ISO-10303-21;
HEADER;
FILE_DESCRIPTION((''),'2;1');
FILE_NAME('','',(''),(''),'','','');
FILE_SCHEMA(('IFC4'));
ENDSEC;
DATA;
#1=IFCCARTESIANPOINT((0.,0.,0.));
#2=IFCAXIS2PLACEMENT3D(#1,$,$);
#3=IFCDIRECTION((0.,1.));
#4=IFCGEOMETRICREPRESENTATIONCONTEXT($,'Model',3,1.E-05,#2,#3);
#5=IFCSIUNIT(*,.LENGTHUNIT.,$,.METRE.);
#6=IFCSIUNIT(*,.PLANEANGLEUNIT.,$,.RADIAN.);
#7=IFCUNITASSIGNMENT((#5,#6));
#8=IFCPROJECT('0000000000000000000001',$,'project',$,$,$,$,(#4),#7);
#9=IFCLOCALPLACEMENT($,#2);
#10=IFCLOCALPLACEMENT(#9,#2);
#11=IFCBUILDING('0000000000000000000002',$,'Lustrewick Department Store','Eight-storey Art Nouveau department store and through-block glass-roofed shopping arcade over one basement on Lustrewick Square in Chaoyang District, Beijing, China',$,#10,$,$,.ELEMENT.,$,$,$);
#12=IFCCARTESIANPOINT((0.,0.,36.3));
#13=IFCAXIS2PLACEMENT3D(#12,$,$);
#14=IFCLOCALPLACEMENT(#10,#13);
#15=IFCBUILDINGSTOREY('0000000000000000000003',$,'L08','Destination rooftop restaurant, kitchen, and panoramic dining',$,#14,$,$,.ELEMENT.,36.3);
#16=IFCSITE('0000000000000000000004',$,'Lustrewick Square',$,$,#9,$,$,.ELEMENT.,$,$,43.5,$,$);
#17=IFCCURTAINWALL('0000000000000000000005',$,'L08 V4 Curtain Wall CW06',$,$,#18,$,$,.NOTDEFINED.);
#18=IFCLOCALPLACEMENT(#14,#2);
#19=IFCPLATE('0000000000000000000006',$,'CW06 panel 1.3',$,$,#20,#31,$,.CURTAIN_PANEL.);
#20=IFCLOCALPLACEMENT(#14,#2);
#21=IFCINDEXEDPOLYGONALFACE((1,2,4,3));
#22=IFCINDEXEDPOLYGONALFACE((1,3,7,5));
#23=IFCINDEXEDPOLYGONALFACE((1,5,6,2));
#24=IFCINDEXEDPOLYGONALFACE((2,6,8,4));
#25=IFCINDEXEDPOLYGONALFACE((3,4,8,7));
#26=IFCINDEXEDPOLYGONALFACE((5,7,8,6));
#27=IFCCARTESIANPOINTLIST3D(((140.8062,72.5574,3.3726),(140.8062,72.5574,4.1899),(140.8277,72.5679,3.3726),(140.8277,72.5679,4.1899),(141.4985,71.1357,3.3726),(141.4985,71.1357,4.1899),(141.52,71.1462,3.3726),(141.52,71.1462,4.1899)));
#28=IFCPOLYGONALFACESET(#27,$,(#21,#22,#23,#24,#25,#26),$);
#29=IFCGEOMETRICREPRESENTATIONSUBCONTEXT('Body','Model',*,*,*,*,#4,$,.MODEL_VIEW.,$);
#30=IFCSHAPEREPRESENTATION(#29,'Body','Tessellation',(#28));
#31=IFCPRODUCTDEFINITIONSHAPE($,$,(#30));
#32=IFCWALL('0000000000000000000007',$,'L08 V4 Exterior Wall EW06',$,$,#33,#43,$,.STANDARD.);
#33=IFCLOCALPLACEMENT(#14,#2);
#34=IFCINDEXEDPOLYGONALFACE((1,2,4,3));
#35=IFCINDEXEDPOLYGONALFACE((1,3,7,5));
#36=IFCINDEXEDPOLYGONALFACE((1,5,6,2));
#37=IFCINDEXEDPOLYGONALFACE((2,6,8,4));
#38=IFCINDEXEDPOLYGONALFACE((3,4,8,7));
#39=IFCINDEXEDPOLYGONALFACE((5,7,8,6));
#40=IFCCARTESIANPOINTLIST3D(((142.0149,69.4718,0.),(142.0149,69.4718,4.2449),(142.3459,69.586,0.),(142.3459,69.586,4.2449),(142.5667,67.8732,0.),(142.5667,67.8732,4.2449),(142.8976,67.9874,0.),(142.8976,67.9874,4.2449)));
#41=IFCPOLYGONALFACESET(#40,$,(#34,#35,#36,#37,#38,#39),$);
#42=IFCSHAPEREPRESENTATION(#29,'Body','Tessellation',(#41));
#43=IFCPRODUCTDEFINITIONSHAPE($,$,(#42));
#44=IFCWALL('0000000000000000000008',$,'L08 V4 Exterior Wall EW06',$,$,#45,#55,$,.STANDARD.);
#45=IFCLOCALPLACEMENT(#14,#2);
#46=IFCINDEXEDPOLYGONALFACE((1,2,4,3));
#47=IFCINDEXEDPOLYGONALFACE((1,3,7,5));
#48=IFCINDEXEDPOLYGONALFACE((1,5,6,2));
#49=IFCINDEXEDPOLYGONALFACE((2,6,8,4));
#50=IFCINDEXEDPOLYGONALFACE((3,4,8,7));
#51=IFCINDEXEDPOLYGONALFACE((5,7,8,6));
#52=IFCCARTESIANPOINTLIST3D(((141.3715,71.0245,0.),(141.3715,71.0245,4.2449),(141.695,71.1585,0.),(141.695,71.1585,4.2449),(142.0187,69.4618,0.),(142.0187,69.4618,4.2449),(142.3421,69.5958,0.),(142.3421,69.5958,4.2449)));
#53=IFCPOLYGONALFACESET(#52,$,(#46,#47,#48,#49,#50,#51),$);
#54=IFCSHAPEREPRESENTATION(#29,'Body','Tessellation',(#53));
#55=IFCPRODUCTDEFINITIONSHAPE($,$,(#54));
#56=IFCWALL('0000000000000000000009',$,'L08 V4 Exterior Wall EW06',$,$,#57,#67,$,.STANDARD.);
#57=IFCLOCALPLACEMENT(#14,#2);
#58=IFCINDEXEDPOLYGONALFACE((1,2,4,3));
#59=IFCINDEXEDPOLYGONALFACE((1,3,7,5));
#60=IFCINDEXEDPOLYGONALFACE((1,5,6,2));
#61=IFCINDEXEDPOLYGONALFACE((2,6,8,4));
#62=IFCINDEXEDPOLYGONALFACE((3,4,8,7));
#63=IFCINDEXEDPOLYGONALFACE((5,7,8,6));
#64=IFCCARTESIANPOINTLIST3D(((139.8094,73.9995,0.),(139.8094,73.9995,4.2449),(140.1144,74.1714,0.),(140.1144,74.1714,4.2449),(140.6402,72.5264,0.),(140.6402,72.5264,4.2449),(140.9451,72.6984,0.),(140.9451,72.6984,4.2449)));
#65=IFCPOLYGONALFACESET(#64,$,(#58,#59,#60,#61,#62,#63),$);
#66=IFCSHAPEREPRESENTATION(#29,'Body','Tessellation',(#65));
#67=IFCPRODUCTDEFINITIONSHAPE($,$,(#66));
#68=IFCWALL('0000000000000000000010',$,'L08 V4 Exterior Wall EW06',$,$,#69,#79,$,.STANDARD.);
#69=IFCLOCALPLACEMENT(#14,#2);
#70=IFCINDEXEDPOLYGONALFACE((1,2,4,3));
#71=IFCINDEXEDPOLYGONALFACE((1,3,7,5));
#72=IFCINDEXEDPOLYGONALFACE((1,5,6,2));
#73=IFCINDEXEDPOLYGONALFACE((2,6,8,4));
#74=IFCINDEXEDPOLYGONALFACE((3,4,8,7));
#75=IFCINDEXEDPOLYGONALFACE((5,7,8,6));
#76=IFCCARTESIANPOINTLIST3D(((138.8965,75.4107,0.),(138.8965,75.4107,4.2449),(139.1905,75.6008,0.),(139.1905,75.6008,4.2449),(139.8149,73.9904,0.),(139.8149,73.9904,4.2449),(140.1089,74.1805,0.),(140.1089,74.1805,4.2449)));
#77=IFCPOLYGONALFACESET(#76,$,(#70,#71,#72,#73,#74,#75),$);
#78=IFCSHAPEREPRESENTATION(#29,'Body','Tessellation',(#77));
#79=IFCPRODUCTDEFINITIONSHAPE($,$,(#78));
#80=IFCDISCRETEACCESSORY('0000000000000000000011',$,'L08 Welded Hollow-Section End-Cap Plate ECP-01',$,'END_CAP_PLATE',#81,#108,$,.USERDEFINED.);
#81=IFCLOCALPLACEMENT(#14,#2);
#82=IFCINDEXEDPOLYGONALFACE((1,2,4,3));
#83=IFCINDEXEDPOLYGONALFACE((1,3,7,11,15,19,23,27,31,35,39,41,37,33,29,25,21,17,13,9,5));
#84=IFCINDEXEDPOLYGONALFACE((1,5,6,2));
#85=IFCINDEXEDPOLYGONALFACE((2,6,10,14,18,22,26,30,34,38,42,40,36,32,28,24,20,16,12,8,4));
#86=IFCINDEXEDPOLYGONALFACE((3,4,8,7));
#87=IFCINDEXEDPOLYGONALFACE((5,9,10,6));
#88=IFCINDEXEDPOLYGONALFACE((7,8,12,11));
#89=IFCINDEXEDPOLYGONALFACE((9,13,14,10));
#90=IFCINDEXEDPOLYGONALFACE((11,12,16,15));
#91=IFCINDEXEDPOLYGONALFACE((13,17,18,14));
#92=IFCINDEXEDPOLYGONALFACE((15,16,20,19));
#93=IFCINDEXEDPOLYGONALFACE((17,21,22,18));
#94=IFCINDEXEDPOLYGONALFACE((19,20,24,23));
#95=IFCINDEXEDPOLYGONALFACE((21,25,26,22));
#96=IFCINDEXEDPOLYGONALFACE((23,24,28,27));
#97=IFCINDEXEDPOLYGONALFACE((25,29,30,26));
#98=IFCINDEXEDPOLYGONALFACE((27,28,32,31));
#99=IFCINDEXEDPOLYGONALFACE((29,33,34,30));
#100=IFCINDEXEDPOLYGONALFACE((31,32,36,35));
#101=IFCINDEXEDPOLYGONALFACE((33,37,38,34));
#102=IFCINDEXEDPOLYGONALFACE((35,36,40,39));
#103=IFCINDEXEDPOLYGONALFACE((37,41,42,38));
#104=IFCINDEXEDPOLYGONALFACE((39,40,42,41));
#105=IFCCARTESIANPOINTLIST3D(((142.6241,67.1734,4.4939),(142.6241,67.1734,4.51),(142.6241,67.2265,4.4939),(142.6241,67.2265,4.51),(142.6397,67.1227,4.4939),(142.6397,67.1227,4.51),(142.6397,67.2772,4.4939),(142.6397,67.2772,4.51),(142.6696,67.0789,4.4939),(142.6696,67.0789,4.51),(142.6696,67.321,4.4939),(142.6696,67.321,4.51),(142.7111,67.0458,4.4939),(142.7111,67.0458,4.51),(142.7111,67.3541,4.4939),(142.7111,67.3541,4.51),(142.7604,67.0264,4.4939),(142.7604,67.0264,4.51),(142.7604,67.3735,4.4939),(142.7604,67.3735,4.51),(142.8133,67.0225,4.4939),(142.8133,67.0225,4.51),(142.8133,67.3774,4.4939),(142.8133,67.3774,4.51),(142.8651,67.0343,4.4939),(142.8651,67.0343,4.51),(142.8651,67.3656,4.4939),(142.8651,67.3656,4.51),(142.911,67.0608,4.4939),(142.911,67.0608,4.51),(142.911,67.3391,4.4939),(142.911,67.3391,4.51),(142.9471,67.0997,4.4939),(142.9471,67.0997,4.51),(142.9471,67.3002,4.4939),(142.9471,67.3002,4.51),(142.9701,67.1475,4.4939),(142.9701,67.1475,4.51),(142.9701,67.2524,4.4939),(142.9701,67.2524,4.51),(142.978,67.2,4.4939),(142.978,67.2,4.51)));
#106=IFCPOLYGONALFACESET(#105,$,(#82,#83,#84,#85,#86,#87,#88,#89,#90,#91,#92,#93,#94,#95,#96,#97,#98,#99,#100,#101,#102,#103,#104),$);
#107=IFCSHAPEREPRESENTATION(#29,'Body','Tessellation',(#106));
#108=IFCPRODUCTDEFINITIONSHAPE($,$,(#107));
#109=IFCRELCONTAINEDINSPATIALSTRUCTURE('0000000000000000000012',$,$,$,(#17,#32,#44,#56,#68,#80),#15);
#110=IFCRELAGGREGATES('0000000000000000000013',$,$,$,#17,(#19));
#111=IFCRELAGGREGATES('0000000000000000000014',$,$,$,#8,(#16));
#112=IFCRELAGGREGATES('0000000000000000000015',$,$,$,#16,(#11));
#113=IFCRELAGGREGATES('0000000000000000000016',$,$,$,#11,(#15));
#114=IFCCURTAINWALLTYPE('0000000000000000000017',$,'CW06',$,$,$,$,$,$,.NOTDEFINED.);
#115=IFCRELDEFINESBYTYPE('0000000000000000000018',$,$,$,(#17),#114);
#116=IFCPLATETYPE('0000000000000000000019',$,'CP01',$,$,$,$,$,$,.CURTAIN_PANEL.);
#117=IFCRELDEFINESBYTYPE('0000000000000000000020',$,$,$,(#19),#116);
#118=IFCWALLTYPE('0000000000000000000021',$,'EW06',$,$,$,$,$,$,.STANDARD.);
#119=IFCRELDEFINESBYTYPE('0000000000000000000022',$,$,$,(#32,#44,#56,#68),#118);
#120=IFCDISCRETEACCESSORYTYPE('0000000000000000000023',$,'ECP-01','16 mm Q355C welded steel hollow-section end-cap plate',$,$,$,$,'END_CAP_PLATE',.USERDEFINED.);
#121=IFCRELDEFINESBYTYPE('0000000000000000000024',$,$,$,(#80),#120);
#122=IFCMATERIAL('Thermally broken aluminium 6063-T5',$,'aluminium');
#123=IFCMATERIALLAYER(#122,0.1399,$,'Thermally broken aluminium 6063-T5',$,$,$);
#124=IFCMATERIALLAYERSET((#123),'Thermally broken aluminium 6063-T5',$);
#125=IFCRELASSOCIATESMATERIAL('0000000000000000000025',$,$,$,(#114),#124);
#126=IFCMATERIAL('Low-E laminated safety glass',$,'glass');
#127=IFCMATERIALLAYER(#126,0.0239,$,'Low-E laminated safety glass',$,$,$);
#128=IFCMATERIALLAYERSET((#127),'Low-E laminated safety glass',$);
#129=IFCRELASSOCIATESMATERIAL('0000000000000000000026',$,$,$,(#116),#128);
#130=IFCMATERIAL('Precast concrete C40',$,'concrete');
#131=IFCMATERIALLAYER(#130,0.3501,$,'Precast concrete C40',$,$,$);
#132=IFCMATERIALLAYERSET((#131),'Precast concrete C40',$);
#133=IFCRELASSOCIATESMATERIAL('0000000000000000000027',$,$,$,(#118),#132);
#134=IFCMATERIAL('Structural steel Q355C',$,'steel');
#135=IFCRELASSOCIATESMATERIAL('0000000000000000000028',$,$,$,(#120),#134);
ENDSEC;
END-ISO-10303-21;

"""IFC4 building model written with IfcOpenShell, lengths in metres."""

from ifc_helpers import new_model, si_unit, direction, frame, frame_2d, origin, origin_2d, place, context, subcontext, project, spatial, rectangle, circle, extrude, material, layer, layer_set, type_object, element, aggregate, save


model = new_model("IFC4")

# Units and contexts
model_context = context("Model", 3, precision=1e-05, world=origin(), true_north=direction((0.0, 1.0)))
body_context = subcontext(model_context, "Body", "Model", "MODEL_VIEW")
ifc_project = project(units=[si_unit("LENGTHUNIT", "METRE"), si_unit("PLANEANGLEUNIT", "RADIAN")], contexts=[model_context])

# Site, building, storey
site_placement = place(None, origin())
site = spatial("IfcSite", under=ifc_project, at=site_placement, Name="Lustrewick Square", CompositionType="ELEMENT", RefElevation=43.5)
building_placement = place(site_placement, origin())
building = spatial("IfcBuilding", under=site, at=building_placement, Name="Lustrewick Department Store", Description="Eight-storey Art Nouveau department store and through-block glass-roofed shopping arcade over one basement on Lustrewick Square in Chaoyang District, Beijing, China", CompositionType="ELEMENT")
storey_placement = place(building_placement, frame((0.0, 0.0, 36.3)))
storey = spatial("IfcBuildingStorey", under=building, at=storey_placement, Name="L08", Description="Destination rooftop restaurant, kitchen, and panoramic dining", CompositionType="ELEMENT", Elevation=36.3)

# Curtain wall
ifc_material_1 = material(Name="Thermally broken aluminium 6063-T5", Category="aluminium")
ifc_layer_1 = layer(ifc_material_1, 0.1399, Name="Thermally broken aluminium 6063-T5")
ifc_layer_set_1 = layer_set([ifc_layer_1], Name="Thermally broken aluminium 6063-T5")
curtain_wall_type_1 = type_object("IfcCurtainWallType", Name="CW06", PredefinedType="NOTDEFINED", material=ifc_layer_set_1)
curtain_wall_1_placement = place(storey_placement, origin())
curtain_wall_1 = element("IfcCurtainWall", 1, at=curtain_wall_1_placement, inside=storey, type_object=curtain_wall_type_1, Name="L08 V4 Curtain Wall CW06", PredefinedType="NOTDEFINED")

# Shared definitions
ifc_material_2 = material(Name="Structural steel Q355C", Category="steel")

# Plate
ifc_material_3 = material(Name="Low-E laminated safety glass", Category="glass")
ifc_layer_2 = layer(ifc_material_3, 0.0239, Name="Low-E laminated safety glass")
ifc_layer_set_2 = layer_set([ifc_layer_2], Name="Low-E laminated safety glass")
plate_type = type_object("IfcPlateType", Name="CP01", PredefinedType="CURTAIN_PANEL", material=ifc_layer_set_2)
plate_1_placement = place(storey_placement, frame((141.1631, 71.8518, 3.3726), z_axis=(0.0, 0.0, 1.0), x_axis=(-0.437776, 0.899084, 0.0)))
plate_1 = element("IfcPlate", 2, at=plate_1_placement, type_object=plate_type, Name="CW06 panel 1.3", PredefinedType="CURTAIN_PANEL", context=body_context, shape_type="SweptSolid", body=[
    extrude(rectangle(XDim=1.5813, YDim=0.0239, at=origin_2d()), origin(), (0.0, 0.0, 1.0), 0.8174),
])
aggregate(curtain_wall_1, [plate_1])

# Walls
ifc_material_4 = material(Name="Precast concrete C40", Category="concrete")
ifc_layer_3 = layer(ifc_material_4, 0.3501, Name="Precast concrete C40")
ifc_layer_set_3 = layer_set([ifc_layer_3], Name="Precast concrete C40")
wall_type = type_object("IfcWallType", Name="EW06", PredefinedType="STANDARD", material=ifc_layer_set_3)
wall_1_placement = place(storey_placement, frame((142.7322, 67.9302, 0.0), z_axis=(0.0, 0.0, 1.0), x_axis=(-0.326258, 0.945281, 0.0)))
element("IfcWall", 3, at=wall_1_placement, inside=storey, type_object=wall_type, Name="L08 V4 Exterior Wall EW06", PredefinedType="STANDARD", context=body_context, shape_type="SweptSolid", body=[
    extrude(rectangle(XDim=1.6912, YDim=0.3501, at=frame_2d((0.8457, 0.0))), origin(), (0.0, 0.0, 1.0), 4.2449),
])
wall_2_placement = place(storey_placement, frame((142.1804, 69.5288, 0.0), z_axis=(0.0, 0.0, 1.0), x_axis=(-0.382636, 0.923899, 0.0)))
element("IfcWall", 4, at=wall_2_placement, inside=storey, type_object=wall_type, Name="L08 V4 Exterior Wall EW06", PredefinedType="STANDARD", context=body_context, shape_type="SweptSolid", body=[
    extrude(rectangle(XDim=1.6914, YDim=0.3501, at=frame_2d((0.8457, 0.0))), origin(), (0.0, 0.0, 1.0), 4.2449),
])
wall_3_placement = place(storey_placement, frame((140.7927, 72.6123, 0.0), z_axis=(0.0, 0.0, 1.0), x_axis=(-0.491234, 0.871028, 0.0)))
element("IfcWall", 5, at=wall_3_placement, inside=storey, type_object=wall_type, Name="L08 V4 Exterior Wall EW06", PredefinedType="STANDARD", context=body_context, shape_type="SweptSolid", body=[
    extrude(rectangle(XDim=1.6912, YDim=0.3501, at=frame_2d((0.8457, 0.0))), origin(), (0.0, 0.0, 1.0), 4.2449),
])
wall_4_placement = place(storey_placement, frame((139.9619, 74.0854, 0.0), z_axis=(0.0, 0.0, 1.0), x_axis=(-0.542988, 0.839741, 0.0)))
element("IfcWall", 6, at=wall_4_placement, inside=storey, type_object=wall_type, Name="L08 V4 Exterior Wall EW06", PredefinedType="STANDARD", context=body_context, shape_type="SweptSolid", body=[
    extrude(rectangle(XDim=1.6914, YDim=0.3501, at=frame_2d((0.8457, 0.0))), origin(), (0.0, 0.0, 1.0), 4.2449),
])

# Discrete accessory
discrete_accessory_type = type_object("IfcDiscreteAccessoryType", Name="ECP-01", Description="16 mm Q355C welded steel hollow-section end-cap plate", ElementType="END_CAP_PLATE", PredefinedType="USERDEFINED", material=ifc_material_2)
discrete_accessory_placement = place(storey_placement, frame((142.8, 67.2, 4.4939), z_axis=(0.0, 0.0, 1.0), x_axis=(1.0, 0.0, 0.0)))
element("IfcDiscreteAccessory", 7, at=discrete_accessory_placement, inside=storey, type_object=discrete_accessory_type, Name="L08 Welded Hollow-Section End-Cap Plate ECP-01", ObjectType="END_CAP_PLATE", PredefinedType="USERDEFINED", context=body_context, shape_type="SweptSolid", body=[
    extrude(circle(Radius=0.178, at=origin_2d()), origin(), (0.0, 0.0, 1.0), 0.0161),
])

save(model, "model.ifc")
